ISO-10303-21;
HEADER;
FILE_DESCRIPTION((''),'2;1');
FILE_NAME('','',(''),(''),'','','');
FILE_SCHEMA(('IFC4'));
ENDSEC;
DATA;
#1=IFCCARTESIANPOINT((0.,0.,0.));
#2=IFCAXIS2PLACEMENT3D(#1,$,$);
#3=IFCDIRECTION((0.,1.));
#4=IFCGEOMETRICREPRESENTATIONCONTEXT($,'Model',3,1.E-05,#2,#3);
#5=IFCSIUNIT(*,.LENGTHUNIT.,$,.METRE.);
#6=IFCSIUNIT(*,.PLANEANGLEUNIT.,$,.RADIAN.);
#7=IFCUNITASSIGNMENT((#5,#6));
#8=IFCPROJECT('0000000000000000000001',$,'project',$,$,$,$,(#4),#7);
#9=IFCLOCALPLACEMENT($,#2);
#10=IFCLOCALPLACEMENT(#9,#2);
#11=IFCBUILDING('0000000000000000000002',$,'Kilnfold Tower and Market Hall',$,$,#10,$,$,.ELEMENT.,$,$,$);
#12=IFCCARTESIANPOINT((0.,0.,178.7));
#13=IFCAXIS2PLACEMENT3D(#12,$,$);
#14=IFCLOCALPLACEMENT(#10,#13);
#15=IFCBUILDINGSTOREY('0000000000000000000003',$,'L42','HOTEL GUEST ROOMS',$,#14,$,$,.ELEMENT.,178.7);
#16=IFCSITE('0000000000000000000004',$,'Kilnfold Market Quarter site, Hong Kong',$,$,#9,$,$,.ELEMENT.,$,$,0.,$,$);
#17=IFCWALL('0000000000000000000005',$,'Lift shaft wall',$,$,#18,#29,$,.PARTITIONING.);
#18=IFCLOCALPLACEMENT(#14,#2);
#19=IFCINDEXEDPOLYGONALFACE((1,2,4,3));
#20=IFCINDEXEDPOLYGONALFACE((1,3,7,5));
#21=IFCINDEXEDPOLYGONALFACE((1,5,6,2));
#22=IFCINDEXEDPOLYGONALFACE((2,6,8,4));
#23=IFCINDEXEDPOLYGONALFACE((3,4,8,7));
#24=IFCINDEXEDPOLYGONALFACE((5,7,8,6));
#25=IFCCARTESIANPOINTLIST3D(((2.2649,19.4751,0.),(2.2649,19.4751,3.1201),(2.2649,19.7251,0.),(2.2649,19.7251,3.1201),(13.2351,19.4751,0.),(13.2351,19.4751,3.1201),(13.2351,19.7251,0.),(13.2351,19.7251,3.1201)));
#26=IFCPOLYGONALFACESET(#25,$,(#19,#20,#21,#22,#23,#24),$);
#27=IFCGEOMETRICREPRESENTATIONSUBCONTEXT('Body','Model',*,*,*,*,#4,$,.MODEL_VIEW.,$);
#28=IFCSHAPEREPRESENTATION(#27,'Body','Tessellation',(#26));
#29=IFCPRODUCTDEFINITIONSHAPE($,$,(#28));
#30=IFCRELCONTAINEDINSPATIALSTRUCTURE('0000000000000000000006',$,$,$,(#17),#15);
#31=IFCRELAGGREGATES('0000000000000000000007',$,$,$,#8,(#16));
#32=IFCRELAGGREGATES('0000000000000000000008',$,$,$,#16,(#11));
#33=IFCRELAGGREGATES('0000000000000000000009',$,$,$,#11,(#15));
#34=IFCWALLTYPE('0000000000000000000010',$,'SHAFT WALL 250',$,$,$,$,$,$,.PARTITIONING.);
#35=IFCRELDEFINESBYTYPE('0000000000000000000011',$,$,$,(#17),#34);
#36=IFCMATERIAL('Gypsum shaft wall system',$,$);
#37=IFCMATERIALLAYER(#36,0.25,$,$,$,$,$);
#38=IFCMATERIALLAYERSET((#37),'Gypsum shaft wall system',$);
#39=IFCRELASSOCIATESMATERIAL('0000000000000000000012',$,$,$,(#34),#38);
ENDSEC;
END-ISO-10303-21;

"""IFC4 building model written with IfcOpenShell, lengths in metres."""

from ifc_helpers import new_model, si_unit, direction, frame, frame_2d, origin, place, context, subcontext, project, spatial, rectangle, extrude, source, transform, mapped, material, layer, layer_set, type_object, element, save


model = new_model("IFC4")

# Units and contexts
model_context = context("Model", 3, precision=1e-05, world=origin(), true_north=direction((0.0, 1.0)))
body_context = subcontext(model_context, "Body", "Model", "MODEL_VIEW")
ifc_project = project(units=[si_unit("LENGTHUNIT", "METRE"), si_unit("PLANEANGLEUNIT", "RADIAN")], contexts=[model_context])

# Site, building, storey
site_placement = place(None, origin())
site = spatial("IfcSite", under=ifc_project, at=site_placement, Name="Kilnfold Market Quarter site, Hong Kong", CompositionType="ELEMENT", RefElevation=0.0)
building_placement = place(site_placement, origin())
building = spatial("IfcBuilding", under=site, at=building_placement, Name="Kilnfold Tower and Market Hall", CompositionType="ELEMENT")
storey_placement = place(building_placement, frame((0.0, 0.0, 178.7)))
storey = spatial("IfcBuildingStorey", under=building, at=storey_placement, Name="L42", Description="HOTEL GUEST ROOMS", CompositionType="ELEMENT", Elevation=178.7)

# Wall
ifc_material_1 = material(Name="Gypsum shaft wall system")
ifc_layer_1 = layer(ifc_material_1, 0.25)
ifc_layer_set_1 = layer_set([ifc_layer_1], Name="Gypsum shaft wall system")
wall_type_1 = type_object("IfcWallType", Name="SHAFT WALL 250", PredefinedType="PARTITIONING", material=ifc_layer_set_1)
shared_shape_1 = source(origin(), body_context, "Body", "SweptSolid", [
    extrude(rectangle(XDim=10.9702, YDim=0.25, at=frame_2d((5.4851, 0.0))), origin(), (0.0, 0.0, 1.0), 3.1201),
])
wall_1_placement = place(storey_placement, frame((2.2649, 19.6001, 0.0), z_axis=(0.0, 0.0, 1.0), x_axis=(1.0, 0.0, 0.0)))
element("IfcWall", 1, at=wall_1_placement, inside=storey, type_object=wall_type_1, Name="Lift shaft wall", PredefinedType="PARTITIONING", context=body_context, shape_type="MappedRepresentation", body=[
    mapped(shared_shape_1, transform((0.0, 0.0, 0.0))),
])

save(model, "model.ifc")
